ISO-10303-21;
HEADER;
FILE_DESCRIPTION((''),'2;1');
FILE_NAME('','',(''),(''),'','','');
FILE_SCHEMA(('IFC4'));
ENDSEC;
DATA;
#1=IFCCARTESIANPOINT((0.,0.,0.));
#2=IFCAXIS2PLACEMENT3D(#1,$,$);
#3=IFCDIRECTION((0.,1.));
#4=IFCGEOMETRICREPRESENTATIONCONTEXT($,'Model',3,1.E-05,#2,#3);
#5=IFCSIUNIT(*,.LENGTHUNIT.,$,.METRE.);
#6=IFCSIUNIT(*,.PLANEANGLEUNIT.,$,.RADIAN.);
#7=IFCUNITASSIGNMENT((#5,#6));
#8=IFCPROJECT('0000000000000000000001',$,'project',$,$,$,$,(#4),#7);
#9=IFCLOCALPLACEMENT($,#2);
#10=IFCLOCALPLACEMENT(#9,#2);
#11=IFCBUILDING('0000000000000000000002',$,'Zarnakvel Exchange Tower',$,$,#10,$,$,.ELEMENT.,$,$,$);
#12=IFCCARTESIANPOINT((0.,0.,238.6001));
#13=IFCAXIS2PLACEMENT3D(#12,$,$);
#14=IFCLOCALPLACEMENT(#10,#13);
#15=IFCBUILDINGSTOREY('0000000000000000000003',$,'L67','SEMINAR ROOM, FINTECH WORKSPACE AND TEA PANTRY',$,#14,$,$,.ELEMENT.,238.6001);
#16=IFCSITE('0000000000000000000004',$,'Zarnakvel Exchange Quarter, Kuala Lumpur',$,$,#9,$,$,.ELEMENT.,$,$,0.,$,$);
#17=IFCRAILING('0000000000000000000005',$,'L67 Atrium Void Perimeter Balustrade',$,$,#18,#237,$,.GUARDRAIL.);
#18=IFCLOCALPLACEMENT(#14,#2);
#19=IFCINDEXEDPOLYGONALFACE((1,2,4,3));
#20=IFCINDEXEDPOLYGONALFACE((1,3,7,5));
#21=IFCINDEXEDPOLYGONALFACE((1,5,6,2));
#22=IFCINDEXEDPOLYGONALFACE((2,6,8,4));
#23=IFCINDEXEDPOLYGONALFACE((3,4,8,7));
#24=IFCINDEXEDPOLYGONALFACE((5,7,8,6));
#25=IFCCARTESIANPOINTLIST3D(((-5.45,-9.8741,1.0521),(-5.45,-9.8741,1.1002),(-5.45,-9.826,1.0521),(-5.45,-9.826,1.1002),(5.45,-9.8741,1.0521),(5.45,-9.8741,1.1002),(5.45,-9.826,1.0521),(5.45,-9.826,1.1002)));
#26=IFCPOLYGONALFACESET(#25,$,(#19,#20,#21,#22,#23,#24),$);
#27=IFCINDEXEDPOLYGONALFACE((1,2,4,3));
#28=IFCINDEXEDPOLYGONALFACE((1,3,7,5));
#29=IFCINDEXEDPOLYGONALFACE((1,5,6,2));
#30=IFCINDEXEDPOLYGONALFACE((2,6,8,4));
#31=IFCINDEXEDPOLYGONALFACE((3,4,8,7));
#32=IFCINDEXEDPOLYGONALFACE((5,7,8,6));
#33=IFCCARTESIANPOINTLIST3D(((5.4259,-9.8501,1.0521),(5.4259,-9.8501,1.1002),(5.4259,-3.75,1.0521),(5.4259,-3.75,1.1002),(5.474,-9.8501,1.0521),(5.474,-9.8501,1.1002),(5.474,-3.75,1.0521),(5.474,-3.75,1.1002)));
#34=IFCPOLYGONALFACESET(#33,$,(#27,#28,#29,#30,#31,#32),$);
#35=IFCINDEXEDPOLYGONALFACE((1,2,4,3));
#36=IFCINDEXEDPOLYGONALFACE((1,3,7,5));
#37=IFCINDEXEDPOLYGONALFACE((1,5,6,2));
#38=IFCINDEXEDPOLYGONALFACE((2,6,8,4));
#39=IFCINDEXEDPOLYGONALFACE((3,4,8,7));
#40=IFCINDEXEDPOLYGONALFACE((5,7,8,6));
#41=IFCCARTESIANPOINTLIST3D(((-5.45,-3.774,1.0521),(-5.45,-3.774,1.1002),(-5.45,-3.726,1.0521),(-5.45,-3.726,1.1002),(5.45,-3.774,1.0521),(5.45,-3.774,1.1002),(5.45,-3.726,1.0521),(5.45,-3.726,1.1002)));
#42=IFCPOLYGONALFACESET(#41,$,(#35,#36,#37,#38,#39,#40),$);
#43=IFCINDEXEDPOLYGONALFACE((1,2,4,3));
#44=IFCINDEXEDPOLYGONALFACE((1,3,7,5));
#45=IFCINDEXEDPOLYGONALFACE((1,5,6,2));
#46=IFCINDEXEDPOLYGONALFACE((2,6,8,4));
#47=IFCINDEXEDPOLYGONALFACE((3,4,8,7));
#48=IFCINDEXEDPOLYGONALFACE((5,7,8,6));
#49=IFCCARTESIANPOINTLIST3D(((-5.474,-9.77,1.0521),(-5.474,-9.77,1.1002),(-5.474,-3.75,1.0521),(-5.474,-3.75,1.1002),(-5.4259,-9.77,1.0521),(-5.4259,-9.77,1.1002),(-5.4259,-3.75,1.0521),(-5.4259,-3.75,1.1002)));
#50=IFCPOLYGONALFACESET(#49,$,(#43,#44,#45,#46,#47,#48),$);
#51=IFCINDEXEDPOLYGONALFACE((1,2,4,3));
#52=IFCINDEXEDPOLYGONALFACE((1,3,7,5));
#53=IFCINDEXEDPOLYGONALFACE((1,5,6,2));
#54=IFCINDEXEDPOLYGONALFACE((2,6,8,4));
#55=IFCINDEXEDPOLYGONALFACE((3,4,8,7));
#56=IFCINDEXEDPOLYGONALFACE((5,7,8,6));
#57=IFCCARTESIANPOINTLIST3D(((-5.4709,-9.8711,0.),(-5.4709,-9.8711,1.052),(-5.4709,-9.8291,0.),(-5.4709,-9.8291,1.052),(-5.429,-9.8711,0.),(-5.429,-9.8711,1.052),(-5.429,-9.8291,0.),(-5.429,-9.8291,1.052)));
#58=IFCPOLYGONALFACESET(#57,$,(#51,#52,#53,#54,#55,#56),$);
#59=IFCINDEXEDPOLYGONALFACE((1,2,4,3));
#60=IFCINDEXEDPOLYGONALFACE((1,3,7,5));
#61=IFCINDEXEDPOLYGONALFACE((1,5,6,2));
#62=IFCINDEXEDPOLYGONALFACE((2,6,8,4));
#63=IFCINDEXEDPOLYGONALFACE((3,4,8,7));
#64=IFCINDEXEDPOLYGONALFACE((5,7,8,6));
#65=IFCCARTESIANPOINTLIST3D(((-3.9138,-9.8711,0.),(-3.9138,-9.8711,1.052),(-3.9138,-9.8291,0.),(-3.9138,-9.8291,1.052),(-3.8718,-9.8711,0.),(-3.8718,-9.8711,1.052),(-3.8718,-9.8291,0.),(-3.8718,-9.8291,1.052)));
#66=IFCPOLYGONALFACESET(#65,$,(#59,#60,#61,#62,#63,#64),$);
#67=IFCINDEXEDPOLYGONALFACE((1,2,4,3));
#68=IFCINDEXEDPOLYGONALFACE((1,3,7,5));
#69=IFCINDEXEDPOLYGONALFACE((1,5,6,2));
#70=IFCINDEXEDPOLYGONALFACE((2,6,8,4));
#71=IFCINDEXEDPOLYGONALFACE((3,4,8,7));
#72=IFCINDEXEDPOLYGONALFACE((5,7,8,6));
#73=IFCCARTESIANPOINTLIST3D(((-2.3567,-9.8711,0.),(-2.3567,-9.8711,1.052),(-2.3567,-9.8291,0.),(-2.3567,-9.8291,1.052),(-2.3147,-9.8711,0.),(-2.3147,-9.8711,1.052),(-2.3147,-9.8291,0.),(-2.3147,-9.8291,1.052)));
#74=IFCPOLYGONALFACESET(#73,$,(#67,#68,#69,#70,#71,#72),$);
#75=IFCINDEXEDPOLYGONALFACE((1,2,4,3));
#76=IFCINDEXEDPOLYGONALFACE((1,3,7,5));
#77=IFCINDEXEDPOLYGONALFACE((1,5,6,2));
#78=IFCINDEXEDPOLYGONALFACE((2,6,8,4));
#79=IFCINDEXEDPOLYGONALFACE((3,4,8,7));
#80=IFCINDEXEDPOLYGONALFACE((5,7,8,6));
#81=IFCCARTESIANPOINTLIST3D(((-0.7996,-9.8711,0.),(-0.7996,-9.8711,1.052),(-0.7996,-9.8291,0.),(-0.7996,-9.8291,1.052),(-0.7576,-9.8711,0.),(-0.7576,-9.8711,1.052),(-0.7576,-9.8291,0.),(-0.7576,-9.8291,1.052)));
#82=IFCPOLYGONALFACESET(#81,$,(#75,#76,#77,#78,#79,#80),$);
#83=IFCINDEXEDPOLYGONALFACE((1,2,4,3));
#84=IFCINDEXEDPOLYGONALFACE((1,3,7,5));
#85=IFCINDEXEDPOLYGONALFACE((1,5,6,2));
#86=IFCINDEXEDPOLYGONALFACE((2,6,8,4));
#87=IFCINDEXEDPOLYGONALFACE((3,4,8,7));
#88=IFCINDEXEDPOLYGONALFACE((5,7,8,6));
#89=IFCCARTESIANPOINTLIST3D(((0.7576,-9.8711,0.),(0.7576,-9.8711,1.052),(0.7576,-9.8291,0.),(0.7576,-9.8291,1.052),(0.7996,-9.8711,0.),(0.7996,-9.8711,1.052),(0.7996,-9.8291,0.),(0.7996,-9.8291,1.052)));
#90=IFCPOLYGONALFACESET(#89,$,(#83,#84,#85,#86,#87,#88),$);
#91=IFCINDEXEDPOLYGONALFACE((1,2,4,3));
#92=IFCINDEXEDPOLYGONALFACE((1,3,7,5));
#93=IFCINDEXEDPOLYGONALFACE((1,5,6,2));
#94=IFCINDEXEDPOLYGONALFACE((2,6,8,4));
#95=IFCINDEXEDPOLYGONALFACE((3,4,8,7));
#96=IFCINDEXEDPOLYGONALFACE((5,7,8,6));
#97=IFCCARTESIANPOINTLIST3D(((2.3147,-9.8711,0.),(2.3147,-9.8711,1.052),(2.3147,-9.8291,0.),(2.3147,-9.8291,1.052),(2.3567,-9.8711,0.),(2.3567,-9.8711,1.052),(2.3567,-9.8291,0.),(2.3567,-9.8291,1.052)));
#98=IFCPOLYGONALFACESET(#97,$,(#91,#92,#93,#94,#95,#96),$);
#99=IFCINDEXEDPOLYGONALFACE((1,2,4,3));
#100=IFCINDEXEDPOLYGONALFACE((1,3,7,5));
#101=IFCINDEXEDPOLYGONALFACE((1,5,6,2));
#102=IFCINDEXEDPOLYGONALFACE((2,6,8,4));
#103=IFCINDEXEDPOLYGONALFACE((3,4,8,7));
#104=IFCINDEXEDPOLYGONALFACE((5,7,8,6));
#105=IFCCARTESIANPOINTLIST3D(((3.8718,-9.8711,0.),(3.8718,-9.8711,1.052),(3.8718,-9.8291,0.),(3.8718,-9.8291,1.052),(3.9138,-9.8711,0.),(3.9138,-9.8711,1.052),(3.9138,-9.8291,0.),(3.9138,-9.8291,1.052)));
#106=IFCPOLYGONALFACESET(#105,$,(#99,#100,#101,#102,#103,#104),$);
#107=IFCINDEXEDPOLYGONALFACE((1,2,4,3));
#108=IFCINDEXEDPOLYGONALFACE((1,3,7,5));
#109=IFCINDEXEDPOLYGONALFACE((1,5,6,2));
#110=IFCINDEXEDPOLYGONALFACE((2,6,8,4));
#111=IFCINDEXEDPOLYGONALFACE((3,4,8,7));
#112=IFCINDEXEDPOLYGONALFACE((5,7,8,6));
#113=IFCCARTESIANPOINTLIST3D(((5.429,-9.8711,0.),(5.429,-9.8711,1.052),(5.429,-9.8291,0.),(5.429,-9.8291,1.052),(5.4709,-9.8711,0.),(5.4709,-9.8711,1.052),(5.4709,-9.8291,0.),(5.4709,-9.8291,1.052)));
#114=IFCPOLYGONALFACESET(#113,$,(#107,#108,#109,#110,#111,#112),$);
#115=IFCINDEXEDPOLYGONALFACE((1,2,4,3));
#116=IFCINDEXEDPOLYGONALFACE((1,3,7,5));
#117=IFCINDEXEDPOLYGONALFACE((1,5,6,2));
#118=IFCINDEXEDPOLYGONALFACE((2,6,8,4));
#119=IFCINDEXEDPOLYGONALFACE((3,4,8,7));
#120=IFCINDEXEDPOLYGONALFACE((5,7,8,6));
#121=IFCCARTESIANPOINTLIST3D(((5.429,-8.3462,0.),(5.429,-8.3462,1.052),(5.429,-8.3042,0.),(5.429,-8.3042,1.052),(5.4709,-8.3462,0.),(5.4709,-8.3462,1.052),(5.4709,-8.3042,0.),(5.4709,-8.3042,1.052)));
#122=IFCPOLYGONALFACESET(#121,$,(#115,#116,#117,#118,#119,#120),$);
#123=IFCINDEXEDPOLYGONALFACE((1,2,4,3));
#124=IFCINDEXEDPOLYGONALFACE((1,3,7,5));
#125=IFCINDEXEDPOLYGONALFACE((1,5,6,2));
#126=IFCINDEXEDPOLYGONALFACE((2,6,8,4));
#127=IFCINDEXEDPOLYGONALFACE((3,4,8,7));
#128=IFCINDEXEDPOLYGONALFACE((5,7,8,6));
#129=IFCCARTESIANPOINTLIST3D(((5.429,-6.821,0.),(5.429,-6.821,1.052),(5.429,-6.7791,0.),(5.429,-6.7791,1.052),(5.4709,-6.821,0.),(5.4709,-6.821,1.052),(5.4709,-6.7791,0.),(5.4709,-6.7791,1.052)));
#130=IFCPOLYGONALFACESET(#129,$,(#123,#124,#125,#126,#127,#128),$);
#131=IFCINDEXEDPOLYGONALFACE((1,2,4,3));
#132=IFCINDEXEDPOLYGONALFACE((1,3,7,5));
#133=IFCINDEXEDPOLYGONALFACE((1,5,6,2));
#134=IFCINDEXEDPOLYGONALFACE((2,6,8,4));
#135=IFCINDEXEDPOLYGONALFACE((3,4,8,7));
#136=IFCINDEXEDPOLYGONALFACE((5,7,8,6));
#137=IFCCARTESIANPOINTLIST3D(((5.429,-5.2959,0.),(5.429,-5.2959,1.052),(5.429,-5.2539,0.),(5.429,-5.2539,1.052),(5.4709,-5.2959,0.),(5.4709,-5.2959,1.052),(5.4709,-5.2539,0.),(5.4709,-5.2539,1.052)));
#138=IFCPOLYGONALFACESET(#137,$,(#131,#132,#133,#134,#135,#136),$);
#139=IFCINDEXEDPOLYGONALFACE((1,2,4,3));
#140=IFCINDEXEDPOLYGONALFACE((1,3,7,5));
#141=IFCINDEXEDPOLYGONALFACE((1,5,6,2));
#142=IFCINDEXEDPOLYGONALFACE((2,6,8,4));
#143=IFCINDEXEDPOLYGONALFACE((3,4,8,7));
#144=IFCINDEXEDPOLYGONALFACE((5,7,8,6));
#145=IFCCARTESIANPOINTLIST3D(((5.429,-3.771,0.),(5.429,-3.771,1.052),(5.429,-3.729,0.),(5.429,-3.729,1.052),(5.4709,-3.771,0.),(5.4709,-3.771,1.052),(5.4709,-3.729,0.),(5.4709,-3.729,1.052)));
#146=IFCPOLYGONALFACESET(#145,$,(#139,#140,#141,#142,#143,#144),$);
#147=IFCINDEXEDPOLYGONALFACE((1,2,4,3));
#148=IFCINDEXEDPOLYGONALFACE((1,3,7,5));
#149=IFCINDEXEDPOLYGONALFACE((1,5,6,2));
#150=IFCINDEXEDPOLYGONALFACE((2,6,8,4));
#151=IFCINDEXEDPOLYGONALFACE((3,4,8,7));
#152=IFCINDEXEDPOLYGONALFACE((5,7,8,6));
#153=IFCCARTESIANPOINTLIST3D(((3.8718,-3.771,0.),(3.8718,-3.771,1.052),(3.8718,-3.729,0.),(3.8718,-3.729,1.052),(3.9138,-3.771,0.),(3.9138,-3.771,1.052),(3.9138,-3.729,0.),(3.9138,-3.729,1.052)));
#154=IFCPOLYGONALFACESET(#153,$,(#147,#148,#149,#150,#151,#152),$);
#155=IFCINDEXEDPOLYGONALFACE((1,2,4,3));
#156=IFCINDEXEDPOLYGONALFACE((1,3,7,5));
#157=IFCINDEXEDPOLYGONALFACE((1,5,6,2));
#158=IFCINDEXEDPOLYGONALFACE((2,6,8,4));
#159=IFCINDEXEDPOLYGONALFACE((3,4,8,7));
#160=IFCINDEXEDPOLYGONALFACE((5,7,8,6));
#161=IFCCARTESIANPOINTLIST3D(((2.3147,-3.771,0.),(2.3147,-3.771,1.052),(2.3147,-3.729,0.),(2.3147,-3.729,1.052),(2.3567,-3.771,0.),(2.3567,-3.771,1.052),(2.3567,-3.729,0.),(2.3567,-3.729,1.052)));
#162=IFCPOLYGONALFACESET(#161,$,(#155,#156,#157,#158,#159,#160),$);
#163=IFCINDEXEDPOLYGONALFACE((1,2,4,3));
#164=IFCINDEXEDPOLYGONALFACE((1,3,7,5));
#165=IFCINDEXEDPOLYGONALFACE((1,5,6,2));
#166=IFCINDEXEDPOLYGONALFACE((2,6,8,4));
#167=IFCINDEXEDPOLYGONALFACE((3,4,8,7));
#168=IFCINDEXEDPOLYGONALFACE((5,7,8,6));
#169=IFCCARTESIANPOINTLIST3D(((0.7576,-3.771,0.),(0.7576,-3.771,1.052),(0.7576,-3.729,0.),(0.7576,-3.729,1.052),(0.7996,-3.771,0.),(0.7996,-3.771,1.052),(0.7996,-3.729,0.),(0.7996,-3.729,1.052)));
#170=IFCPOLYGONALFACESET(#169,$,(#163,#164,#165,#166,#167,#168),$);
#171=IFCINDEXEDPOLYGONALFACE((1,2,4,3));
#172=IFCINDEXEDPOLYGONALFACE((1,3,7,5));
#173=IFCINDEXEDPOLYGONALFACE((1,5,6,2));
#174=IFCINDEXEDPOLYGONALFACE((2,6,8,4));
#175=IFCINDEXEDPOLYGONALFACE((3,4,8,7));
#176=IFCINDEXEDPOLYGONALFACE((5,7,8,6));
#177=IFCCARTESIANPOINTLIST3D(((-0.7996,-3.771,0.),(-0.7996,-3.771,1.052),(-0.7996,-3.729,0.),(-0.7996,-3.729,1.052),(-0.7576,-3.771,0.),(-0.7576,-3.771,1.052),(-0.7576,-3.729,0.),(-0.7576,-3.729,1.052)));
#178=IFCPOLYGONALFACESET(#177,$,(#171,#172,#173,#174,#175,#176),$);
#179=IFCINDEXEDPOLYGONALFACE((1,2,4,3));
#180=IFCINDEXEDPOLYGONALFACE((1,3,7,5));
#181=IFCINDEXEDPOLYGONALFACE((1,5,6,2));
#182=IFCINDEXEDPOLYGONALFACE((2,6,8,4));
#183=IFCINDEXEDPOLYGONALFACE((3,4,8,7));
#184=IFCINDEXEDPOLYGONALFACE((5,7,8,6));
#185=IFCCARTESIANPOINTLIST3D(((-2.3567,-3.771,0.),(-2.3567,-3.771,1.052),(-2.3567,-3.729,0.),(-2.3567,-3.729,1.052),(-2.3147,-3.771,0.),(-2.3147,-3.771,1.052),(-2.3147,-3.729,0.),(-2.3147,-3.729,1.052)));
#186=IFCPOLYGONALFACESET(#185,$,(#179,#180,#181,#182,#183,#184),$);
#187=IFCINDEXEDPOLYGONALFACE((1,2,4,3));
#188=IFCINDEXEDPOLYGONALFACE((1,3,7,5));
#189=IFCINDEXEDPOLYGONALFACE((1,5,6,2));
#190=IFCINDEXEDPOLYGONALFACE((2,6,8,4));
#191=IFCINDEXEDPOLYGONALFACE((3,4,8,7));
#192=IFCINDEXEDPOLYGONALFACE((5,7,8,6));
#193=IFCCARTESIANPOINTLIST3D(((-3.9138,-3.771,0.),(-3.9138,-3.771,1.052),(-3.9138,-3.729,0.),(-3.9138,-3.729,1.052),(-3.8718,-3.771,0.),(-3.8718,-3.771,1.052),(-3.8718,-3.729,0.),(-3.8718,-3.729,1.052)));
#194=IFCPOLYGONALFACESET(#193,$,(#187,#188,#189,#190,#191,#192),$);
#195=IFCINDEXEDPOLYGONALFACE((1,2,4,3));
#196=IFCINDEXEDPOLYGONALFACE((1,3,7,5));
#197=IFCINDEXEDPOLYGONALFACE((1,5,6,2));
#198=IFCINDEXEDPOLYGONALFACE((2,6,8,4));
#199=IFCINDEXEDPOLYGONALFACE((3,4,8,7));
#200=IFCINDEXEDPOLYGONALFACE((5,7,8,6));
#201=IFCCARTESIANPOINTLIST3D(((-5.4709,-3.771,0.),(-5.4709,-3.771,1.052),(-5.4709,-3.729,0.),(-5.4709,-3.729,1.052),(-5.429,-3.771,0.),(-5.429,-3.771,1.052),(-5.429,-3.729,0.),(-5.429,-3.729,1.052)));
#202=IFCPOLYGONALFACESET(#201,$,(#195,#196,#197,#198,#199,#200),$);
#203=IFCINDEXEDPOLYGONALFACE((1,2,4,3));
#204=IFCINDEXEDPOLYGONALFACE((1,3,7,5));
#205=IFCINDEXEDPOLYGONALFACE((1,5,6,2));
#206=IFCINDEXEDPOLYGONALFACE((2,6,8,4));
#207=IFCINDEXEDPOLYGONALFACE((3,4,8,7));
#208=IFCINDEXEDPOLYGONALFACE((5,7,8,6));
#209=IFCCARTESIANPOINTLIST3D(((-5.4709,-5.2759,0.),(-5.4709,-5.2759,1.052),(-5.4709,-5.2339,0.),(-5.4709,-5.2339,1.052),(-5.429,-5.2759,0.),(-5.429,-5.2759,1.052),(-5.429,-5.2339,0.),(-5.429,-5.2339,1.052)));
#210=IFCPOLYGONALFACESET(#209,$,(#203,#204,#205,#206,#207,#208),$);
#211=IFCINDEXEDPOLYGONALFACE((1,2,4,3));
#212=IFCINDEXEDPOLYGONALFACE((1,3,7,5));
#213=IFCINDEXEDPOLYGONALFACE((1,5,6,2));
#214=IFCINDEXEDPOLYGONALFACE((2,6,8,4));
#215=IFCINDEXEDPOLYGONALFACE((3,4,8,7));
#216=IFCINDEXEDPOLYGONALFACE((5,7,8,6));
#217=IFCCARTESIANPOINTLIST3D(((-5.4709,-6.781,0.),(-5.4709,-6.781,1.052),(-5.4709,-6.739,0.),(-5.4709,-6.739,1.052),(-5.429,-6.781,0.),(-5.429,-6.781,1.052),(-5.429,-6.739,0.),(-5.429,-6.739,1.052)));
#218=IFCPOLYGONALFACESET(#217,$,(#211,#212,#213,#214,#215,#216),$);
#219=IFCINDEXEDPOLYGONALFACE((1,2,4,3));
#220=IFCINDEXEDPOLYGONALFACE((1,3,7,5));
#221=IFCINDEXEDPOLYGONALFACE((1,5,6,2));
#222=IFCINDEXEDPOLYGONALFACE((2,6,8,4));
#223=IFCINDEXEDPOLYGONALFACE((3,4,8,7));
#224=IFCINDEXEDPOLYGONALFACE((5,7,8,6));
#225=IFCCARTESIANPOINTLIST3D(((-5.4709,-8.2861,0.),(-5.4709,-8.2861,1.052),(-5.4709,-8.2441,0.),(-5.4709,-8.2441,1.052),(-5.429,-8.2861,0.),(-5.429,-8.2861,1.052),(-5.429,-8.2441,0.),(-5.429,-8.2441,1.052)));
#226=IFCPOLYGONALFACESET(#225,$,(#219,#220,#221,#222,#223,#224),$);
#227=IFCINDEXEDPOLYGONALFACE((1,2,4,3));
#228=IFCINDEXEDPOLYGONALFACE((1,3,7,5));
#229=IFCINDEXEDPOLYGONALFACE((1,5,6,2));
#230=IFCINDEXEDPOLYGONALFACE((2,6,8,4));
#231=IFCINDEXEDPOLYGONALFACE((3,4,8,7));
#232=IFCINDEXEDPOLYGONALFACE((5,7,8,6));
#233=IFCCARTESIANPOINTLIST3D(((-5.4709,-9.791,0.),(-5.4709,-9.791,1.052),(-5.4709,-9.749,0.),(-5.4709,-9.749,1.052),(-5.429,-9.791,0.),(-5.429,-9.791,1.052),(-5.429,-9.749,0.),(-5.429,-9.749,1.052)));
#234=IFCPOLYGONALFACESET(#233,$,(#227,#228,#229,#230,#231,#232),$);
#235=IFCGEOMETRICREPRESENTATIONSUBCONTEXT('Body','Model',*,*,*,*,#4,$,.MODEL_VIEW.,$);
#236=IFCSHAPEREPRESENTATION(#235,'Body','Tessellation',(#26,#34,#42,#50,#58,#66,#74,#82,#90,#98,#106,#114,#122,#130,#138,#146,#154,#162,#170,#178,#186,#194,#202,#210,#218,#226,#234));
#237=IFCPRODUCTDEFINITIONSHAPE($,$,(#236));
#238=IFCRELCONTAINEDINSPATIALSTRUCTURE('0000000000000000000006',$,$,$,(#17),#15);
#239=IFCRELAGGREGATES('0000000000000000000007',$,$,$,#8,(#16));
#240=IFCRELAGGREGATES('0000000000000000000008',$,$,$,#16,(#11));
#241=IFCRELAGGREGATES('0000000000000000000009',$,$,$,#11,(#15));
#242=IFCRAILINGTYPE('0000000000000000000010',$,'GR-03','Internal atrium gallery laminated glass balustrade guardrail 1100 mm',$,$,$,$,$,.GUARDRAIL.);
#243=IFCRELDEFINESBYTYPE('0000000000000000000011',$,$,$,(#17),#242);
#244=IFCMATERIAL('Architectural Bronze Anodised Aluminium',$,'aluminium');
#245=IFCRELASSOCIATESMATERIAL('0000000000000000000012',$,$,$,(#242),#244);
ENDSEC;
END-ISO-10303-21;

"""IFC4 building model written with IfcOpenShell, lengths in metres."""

from ifc_helpers import new_model, si_unit, direction, frame, origin, origin_2d, place, context, subcontext, project, spatial, rectangle, extrude, material, type_object, element, save


model = new_model("IFC4")

# Units and contexts
model_context = context("Model", 3, precision=1e-05, world=origin(), true_north=direction((0.0, 1.0)))
body_context = subcontext(model_context, "Body", "Model", "MODEL_VIEW")
ifc_project = project(units=[si_unit("LENGTHUNIT", "METRE"), si_unit("PLANEANGLEUNIT", "RADIAN")], contexts=[model_context])

# Site, building, storey
site_placement = place(None, origin())
site = spatial("IfcSite", under=ifc_project, at=site_placement, Name="Zarnakvel Exchange Quarter, Kuala Lumpur", CompositionType="ELEMENT", RefElevation=0.0)
building_placement = place(site_placement, origin())
building = spatial("IfcBuilding", under=site, at=building_placement, Name="Zarnakvel Exchange Tower", CompositionType="ELEMENT")
storey_placement = place(building_placement, frame((0.0, 0.0, 238.6001)))
storey = spatial("IfcBuildingStorey", under=building, at=storey_placement, Name="L67", Description="SEMINAR ROOM, FINTECH WORKSPACE AND TEA PANTRY", CompositionType="ELEMENT", Elevation=238.6001)

# Railing
ifc_material_1 = material(Name="Architectural Bronze Anodised Aluminium", Category="aluminium")
railing_type = type_object("IfcRailingType", Name="GR-03", Description="Internal atrium gallery laminated glass balustrade guardrail 1100 mm", PredefinedType="GUARDRAIL", material=ifc_material_1)
railing_placement = place(storey_placement, frame((-5.45, -9.8501, 0.0)))
element("IfcRailing", 1, at=railing_placement, inside=storey, type_object=railing_type, Name="L67 Atrium Void Perimeter Balustrade", PredefinedType="GUARDRAIL", context=body_context, shape_type="SweptSolid", body=[
    extrude(rectangle(XDim=0.0481, YDim=0.0481, at=origin_2d()), frame((0.0, 0.0, 1.0762), z_axis=(1.0, 0.0, 0.0), x_axis=(0.0, 1.0, 0.0)), (0.0, 0.0, 1.0), 10.8999),
    extrude(rectangle(XDim=0.0481, YDim=0.0481, at=origin_2d()), frame((10.8999, 0.0, 1.0762), z_axis=(0.0, 1.0, 0.0), x_axis=(-1.0, 0.0, 0.0)), (0.0, 0.0, 1.0), 6.1001),
    extrude(rectangle(XDim=0.0481, YDim=0.0481, at=origin_2d()), frame((10.8999, 6.1001, 1.0762), z_axis=(-1.0, 0.0, 0.0), x_axis=(0.0, -1.0, 0.0)), (0.0, 0.0, 1.0), 10.8999),
    extrude(rectangle(XDim=0.0481, YDim=0.0481, at=origin_2d()), frame((0.0, 6.1001, 1.0762), z_axis=(0.0, -1.0, 0.0), x_axis=(1.0, 0.0, 0.0)), (0.0, 0.0, 1.0), 6.02),
    extrude(rectangle(XDim=0.042, YDim=0.042, at=origin_2d()), origin(), (0.0, 0.0, 1.0), 1.052),
    extrude(rectangle(XDim=0.042, YDim=0.042, at=origin_2d()), frame((1.5571, 0.0, 0.0)), (0.0, 0.0, 1.0), 1.052),
    extrude(rectangle(XDim=0.042, YDim=0.042, at=origin_2d()), frame((3.1143, 0.0, 0.0)), (0.0, 0.0, 1.0), 1.052),
    extrude(rectangle(XDim=0.042, YDim=0.042, at=origin_2d()), frame((4.6714, 0.0, 0.0)), (0.0, 0.0, 1.0), 1.052),
    extrude(rectangle(XDim=0.042, YDim=0.042, at=origin_2d()), frame((6.2285, 0.0, 0.0)), (0.0, 0.0, 1.0), 1.052),
    extrude(rectangle(XDim=0.042, YDim=0.042, at=origin_2d()), frame((7.7856, 0.0, 0.0)), (0.0, 0.0, 1.0), 1.052),
    extrude(rectangle(XDim=0.042, YDim=0.042, at=origin_2d()), frame((9.3428, 0.0, 0.0)), (0.0, 0.0, 1.0), 1.052),
    extrude(rectangle(XDim=0.042, YDim=0.042, at=origin_2d()), frame((10.8999, 0.0, 0.0)), (0.0, 0.0, 1.0), 1.052),
    extrude(rectangle(XDim=0.042, YDim=0.042, at=origin_2d()), frame((10.8999, 1.5249, 0.0)), (0.0, 0.0, 1.0), 1.052),
    extrude(rectangle(XDim=0.042, YDim=0.042, at=origin_2d()), frame((10.8999, 3.05, 0.0)), (0.0, 0.0, 1.0), 1.052),
    extrude(rectangle(XDim=0.042, YDim=0.042, at=origin_2d()), frame((10.8999, 4.5752, 0.0)), (0.0, 0.0, 1.0), 1.052),
    extrude(rectangle(XDim=0.042, YDim=0.042, at=origin_2d()), frame((10.8999, 6.1001, 0.0)), (0.0, 0.0, 1.0), 1.052),
    extrude(rectangle(XDim=0.042, YDim=0.042, at=origin_2d()), frame((9.3428, 6.1001, 0.0)), (0.0, 0.0, 1.0), 1.052),
    extrude(rectangle(XDim=0.042, YDim=0.042, at=origin_2d()), frame((7.7856, 6.1001, 0.0)), (0.0, 0.0, 1.0), 1.052),
    extrude(rectangle(XDim=0.042, YDim=0.042, at=origin_2d()), frame((6.2285, 6.1001, 0.0)), (0.0, 0.0, 1.0), 1.052),
    extrude(rectangle(XDim=0.042, YDim=0.042, at=origin_2d()), frame((4.6714, 6.1001, 0.0)), (0.0, 0.0, 1.0), 1.052),
    extrude(rectangle(XDim=0.042, YDim=0.042, at=origin_2d()), frame((3.1143, 6.1001, 0.0)), (0.0, 0.0, 1.0), 1.052),
    extrude(rectangle(XDim=0.042, YDim=0.042, at=origin_2d()), frame((1.5571, 6.1001, 0.0)), (0.0, 0.0, 1.0), 1.052),
    extrude(rectangle(XDim=0.042, YDim=0.042, at=origin_2d()), frame((0.0, 6.1001, 0.0)), (0.0, 0.0, 1.0), 1.052),
    extrude(rectangle(XDim=0.042, YDim=0.042, at=origin_2d()), frame((0.0, 4.5952, 0.0)), (0.0, 0.0, 1.0), 1.052),
    extrude(rectangle(XDim=0.042, YDim=0.042, at=origin_2d()), frame((0.0, 3.0901, 0.0)), (0.0, 0.0, 1.0), 1.052),
    extrude(rectangle(XDim=0.042, YDim=0.042, at=origin_2d()), frame((0.0, 1.585, 0.0)), (0.0, 0.0, 1.0), 1.052),
    extrude(rectangle(XDim=0.042, YDim=0.042, at=origin_2d()), frame((0.0, 0.0801, 0.0)), (0.0, 0.0, 1.0), 1.052),
])

save(model, "model.ifc")
